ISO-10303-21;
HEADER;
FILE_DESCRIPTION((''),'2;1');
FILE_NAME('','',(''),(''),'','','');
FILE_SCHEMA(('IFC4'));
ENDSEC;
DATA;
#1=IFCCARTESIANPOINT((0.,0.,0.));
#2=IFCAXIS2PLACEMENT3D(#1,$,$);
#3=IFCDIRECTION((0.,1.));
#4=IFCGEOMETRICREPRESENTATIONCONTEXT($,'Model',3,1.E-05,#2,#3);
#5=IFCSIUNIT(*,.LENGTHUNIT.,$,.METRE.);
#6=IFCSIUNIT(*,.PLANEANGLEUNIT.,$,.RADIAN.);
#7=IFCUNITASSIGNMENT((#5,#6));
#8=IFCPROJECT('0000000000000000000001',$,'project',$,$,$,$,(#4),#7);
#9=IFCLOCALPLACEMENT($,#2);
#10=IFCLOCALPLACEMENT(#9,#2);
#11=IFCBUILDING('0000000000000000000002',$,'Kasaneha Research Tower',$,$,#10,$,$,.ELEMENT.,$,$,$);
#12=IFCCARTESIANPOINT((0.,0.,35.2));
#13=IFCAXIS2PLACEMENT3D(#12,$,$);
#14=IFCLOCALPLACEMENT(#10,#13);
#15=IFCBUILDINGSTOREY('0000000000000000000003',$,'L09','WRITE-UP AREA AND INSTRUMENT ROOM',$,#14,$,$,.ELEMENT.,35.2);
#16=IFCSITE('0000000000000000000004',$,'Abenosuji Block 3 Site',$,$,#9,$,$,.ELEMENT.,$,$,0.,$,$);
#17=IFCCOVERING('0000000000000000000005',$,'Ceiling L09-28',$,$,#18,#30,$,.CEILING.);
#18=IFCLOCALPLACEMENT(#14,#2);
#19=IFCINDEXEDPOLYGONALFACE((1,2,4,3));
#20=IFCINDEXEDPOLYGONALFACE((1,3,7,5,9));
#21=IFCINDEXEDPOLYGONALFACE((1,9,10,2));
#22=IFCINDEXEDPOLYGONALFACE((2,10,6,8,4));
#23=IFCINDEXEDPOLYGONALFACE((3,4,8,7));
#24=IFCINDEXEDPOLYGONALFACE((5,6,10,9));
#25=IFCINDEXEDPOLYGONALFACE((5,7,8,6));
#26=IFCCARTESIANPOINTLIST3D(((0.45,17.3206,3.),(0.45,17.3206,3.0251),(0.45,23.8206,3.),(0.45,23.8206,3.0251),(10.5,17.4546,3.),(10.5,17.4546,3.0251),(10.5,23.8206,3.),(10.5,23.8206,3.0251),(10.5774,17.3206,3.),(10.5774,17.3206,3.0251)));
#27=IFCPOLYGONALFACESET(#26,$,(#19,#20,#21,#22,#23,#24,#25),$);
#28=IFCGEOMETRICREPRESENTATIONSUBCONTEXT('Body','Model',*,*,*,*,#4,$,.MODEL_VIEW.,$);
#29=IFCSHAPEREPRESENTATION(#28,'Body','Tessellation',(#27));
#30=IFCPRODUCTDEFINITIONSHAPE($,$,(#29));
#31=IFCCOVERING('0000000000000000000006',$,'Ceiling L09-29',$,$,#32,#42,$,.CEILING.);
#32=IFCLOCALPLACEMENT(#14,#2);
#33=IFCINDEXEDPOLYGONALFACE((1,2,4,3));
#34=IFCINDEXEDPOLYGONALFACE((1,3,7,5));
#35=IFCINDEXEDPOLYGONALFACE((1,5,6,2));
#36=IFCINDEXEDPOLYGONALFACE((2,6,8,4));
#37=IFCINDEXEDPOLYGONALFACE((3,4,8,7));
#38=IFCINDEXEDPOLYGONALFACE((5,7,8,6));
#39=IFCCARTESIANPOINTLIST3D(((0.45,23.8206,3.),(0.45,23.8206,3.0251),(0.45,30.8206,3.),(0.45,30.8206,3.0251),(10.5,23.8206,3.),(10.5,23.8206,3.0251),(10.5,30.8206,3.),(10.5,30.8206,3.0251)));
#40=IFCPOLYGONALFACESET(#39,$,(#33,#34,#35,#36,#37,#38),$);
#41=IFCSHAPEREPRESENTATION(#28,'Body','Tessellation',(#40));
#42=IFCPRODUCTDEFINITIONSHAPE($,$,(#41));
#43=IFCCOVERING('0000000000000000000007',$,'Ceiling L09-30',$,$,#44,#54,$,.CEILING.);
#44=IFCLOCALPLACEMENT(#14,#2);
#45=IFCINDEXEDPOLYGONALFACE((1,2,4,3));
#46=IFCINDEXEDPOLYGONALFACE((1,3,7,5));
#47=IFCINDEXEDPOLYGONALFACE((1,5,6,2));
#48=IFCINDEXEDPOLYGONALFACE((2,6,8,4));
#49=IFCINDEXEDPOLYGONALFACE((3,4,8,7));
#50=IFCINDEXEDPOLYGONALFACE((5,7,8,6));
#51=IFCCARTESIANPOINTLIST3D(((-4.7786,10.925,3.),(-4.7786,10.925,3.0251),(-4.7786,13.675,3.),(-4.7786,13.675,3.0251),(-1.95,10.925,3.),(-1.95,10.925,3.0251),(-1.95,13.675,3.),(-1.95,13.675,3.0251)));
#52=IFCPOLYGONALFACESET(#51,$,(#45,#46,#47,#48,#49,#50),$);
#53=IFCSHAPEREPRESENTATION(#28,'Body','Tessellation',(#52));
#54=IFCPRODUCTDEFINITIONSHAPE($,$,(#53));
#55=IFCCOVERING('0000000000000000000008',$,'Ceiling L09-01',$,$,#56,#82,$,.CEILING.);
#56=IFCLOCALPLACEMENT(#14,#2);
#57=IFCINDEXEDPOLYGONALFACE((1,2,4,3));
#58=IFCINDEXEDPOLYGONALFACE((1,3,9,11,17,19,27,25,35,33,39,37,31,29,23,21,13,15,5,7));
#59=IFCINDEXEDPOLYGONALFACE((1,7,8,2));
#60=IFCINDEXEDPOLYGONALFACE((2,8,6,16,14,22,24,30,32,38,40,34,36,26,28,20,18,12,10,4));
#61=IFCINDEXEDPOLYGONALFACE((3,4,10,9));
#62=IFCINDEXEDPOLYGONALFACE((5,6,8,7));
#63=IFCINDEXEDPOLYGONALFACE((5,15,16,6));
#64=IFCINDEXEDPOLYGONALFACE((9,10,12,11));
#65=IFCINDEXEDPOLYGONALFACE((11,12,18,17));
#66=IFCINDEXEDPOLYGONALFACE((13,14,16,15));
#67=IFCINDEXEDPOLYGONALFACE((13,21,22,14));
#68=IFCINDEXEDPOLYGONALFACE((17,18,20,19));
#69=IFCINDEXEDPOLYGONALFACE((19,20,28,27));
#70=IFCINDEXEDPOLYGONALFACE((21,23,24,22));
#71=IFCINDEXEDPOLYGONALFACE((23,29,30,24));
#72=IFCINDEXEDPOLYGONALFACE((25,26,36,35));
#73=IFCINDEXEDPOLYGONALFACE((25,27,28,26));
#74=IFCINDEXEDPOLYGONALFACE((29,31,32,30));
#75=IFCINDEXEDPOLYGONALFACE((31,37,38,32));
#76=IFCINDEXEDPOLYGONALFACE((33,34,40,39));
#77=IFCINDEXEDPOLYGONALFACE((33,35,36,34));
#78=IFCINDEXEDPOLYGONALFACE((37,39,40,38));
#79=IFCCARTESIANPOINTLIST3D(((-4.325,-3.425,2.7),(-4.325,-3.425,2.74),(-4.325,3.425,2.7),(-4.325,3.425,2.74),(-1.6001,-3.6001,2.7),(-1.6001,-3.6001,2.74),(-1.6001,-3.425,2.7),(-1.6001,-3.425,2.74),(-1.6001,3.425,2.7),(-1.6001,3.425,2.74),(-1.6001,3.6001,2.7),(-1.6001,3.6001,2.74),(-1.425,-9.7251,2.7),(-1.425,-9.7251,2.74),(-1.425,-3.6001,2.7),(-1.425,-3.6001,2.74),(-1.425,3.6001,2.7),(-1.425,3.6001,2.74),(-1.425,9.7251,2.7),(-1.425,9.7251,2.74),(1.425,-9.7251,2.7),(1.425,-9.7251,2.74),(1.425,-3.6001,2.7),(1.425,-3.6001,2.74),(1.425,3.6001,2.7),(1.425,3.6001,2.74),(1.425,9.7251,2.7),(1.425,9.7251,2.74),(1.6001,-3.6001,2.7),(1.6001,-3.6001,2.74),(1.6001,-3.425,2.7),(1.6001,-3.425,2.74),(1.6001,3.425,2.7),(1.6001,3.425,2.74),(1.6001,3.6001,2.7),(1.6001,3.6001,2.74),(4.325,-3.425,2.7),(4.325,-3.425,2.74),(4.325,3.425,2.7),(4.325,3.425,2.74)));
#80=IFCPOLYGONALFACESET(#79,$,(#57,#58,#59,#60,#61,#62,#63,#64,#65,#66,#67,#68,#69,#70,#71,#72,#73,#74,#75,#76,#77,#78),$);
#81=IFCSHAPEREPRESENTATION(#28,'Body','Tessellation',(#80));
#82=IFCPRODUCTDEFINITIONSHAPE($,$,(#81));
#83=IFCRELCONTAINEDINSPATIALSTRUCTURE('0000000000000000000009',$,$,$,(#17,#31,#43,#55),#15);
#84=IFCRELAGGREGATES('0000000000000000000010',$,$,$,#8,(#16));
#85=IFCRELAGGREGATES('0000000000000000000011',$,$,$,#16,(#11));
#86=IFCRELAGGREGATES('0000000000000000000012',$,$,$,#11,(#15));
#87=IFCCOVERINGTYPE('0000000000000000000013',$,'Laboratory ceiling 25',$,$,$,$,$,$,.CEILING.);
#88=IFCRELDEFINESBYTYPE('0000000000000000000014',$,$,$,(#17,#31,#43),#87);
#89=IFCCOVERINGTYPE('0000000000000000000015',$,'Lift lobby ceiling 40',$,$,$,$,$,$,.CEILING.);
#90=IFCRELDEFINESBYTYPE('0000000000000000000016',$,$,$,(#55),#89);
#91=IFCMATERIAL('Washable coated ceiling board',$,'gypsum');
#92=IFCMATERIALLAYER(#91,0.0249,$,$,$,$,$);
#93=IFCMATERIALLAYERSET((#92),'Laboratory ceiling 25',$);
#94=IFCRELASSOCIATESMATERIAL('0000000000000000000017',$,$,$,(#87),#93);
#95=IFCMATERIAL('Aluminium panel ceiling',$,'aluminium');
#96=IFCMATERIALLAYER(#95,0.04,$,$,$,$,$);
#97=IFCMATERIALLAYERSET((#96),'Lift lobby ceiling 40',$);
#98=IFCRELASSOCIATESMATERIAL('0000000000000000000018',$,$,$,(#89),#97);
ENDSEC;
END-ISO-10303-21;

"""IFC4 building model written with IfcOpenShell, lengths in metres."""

from ifc_helpers import new_model, si_unit, direction, frame, origin, place, context, subcontext, project, spatial, polyline, outline, extrude, material, layer, layer_set, type_object, element, save


model = new_model("IFC4")

# Units and contexts
model_context = context("Model", 3, precision=1e-05, world=origin(), true_north=direction((0.0, 1.0)))
body_context = subcontext(model_context, "Body", "Model", "MODEL_VIEW")
ifc_project = project(units=[si_unit("LENGTHUNIT", "METRE"), si_unit("PLANEANGLEUNIT", "RADIAN")], contexts=[model_context])

# Site, building, storey
site_placement = place(None, origin())
site = spatial("IfcSite", under=ifc_project, at=site_placement, Name="Abenosuji Block 3 Site", CompositionType="ELEMENT", RefElevation=0.0)
building_placement = place(site_placement, origin())
building = spatial("IfcBuilding", under=site, at=building_placement, Name="Kasaneha Research Tower", CompositionType="ELEMENT")
storey_placement = place(building_placement, frame((0.0, 0.0, 35.2)))
storey = spatial("IfcBuildingStorey", under=building, at=storey_placement, Name="L09", Description="WRITE-UP AREA AND INSTRUMENT ROOM", CompositionType="ELEMENT", Elevation=35.2)

# Coverings
ifc_material_1 = material(Name="Washable coated ceiling board", Category="gypsum")
ifc_layer_1 = layer(ifc_material_1, 0.0249)
ifc_layer_set_1 = layer_set([ifc_layer_1], Name="Laboratory ceiling 25")
covering_type_1 = type_object("IfcCoveringType", Name="Laboratory ceiling 25", PredefinedType="CEILING", material=ifc_layer_set_1)
covering_1_placement = place(storey_placement, frame((0.0, 0.0, 3.0)))
element("IfcCovering", 1, at=covering_1_placement, inside=storey, type_object=covering_type_1, Name="Ceiling L09-28", PredefinedType="CEILING", context=body_context, shape_type="SweptSolid", body=[
    extrude(outline(polyline([(10.5, 23.8206), (10.5, 17.4546), (10.5774, 17.3206), (0.45, 17.3206), (0.45, 23.8206), (10.5, 23.8206)])), origin(), (0.0, 0.0, 1.0), 0.0251),
])
covering_2_placement = place(storey_placement, frame((0.0, 0.0, 3.0)))
element("IfcCovering", 2, at=covering_2_placement, inside=storey, type_object=covering_type_1, Name="Ceiling L09-29", PredefinedType="CEILING", context=body_context, shape_type="SweptSolid", body=[
    extrude(outline(polyline([(10.5, 30.8206), (10.5, 23.8206), (0.45, 23.8206), (0.45, 30.8206), (10.5, 30.8206)])), origin(), (0.0, 0.0, 1.0), 0.0251),
])
covering_3_placement = place(storey_placement, frame((0.0, 0.0, 3.0)))
element("IfcCovering", 3, at=covering_3_placement, inside=storey, type_object=covering_type_1, Name="Ceiling L09-30", PredefinedType="CEILING", context=body_context, shape_type="SweptSolid", body=[
    extrude(outline(polyline([(-4.7786, 10.925), (-4.7786, 13.675), (-1.95, 13.675), (-1.95, 10.925), (-4.7786, 10.925)])), origin(), (0.0, 0.0, 1.0), 0.0251),
])
ifc_material_2 = material(Name="Aluminium panel ceiling", Category="aluminium")
ifc_layer_2 = layer(ifc_material_2, 0.04)
ifc_layer_set_2 = layer_set([ifc_layer_2], Name="Lift lobby ceiling 40")
covering_type_2 = type_object("IfcCoveringType", Name="Lift lobby ceiling 40", PredefinedType="CEILING", material=ifc_layer_set_2)
covering_4_placement = place(storey_placement, frame((0.0, 0.0, 2.7)))
element("IfcCovering", 4, at=covering_4_placement, inside=storey, type_object=covering_type_2, Name="Ceiling L09-01", PredefinedType="CEILING", context=body_context, shape_type="SweptSolid", body=[
    extrude(outline(polyline([(1.425, 9.7251), (1.425, 3.6001), (1.6001, 3.6001), (1.6001, 3.425), (4.325, 3.425), (4.325, -3.425), (1.6001, -3.425), (1.6001, -3.6001), (1.425, -3.6001), (1.425, -9.7251), (-1.425, -9.7251), (-1.425, -3.6001), (-1.6001, -3.6001), (-1.6001, -3.425), (-4.325, -3.425), (-4.325, 3.425), (-1.6001, 3.425), (-1.6001, 3.6001), (-1.425, 3.6001), (-1.425, 9.7251), (1.425, 9.7251)])), origin(), (0.0, 0.0, 1.0), 0.04),
])

save(model, "model.ifc")
